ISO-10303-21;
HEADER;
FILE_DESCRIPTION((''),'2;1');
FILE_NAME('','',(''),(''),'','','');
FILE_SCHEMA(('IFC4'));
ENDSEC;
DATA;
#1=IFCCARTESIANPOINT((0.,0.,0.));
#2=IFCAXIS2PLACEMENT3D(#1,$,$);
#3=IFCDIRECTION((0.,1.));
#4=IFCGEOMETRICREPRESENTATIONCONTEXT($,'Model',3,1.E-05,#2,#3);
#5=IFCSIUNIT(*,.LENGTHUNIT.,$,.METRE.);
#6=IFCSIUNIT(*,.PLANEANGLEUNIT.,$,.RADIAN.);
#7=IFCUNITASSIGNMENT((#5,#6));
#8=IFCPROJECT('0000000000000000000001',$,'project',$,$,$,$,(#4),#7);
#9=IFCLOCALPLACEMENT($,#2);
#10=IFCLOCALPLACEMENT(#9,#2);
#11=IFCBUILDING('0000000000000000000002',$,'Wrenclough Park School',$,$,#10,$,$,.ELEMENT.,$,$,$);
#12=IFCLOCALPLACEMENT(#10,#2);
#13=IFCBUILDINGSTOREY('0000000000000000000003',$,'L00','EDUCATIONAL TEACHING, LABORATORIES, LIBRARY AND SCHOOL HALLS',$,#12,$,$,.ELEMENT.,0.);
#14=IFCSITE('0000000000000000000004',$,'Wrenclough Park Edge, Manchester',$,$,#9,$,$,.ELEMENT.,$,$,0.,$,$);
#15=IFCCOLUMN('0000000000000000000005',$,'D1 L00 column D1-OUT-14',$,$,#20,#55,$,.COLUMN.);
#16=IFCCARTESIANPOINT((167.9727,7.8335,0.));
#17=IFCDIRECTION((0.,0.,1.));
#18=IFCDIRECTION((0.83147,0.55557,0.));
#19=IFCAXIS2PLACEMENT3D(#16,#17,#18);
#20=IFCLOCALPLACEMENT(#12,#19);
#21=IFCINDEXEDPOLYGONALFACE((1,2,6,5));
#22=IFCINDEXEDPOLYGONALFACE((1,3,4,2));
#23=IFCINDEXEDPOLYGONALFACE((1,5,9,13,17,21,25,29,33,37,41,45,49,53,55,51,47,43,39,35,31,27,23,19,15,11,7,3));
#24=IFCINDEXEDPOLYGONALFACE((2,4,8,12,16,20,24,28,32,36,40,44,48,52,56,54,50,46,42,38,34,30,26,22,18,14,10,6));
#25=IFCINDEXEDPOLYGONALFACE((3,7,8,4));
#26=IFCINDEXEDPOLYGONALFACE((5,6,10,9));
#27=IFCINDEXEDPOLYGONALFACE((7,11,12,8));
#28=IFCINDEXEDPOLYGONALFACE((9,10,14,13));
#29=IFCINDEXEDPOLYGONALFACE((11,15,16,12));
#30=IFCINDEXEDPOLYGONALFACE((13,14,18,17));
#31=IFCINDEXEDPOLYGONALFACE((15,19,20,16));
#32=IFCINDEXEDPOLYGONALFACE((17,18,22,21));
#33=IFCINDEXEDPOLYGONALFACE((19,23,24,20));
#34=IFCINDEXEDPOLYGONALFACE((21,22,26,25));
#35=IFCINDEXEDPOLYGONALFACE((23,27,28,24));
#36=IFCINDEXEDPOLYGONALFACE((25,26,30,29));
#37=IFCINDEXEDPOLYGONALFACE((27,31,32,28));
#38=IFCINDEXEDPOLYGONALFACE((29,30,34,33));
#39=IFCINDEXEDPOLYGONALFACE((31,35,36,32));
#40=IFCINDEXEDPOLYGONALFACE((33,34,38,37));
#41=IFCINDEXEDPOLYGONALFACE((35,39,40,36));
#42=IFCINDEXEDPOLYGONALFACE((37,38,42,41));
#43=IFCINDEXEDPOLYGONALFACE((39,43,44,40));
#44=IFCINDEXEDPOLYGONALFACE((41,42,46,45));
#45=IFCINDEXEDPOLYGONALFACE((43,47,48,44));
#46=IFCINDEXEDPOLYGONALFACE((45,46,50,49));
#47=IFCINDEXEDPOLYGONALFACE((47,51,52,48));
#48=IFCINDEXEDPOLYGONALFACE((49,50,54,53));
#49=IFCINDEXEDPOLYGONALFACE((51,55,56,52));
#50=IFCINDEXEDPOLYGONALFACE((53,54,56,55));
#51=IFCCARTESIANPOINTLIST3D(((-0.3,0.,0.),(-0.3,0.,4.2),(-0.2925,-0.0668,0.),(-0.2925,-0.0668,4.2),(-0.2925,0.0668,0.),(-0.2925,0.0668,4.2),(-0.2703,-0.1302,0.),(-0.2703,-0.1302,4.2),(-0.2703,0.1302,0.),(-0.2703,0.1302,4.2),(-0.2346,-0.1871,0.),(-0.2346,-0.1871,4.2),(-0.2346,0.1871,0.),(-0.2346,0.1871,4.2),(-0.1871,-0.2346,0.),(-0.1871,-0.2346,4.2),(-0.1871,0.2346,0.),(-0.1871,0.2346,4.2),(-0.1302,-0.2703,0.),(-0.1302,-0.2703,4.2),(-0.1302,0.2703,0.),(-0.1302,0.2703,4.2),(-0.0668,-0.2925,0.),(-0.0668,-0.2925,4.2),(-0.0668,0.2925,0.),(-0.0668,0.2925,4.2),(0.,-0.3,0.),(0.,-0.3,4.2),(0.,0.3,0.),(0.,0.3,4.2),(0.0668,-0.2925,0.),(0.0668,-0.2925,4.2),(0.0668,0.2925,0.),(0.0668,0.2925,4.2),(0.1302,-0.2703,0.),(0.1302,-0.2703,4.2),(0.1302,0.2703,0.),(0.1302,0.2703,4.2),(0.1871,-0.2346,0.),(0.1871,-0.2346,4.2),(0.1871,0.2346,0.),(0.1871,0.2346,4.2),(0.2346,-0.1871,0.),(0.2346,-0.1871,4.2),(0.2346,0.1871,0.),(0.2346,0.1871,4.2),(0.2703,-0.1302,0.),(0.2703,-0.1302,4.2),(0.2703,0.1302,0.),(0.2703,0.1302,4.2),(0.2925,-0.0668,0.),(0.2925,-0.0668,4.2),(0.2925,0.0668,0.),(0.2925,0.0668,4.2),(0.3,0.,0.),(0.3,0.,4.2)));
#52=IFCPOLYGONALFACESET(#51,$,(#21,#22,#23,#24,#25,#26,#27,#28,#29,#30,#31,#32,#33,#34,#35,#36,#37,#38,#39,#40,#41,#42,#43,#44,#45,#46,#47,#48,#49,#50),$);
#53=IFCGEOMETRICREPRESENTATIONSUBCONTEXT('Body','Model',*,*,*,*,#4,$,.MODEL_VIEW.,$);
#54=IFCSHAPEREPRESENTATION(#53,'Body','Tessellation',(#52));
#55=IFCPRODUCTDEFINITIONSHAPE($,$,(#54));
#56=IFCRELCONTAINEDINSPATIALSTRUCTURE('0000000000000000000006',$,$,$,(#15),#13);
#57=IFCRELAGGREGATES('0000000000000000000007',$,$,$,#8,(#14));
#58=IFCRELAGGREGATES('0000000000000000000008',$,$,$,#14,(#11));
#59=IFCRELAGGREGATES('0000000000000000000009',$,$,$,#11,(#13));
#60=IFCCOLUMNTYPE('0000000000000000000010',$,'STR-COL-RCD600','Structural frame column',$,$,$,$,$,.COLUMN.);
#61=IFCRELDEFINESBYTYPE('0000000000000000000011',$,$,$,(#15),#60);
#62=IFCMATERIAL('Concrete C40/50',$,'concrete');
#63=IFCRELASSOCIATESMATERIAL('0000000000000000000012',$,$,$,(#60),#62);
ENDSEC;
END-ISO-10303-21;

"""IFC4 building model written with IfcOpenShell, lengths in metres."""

from ifc_helpers import new_model, si_unit, direction, frame, origin, origin_2d, place, context, subcontext, project, spatial, circle, extrude, material, material_profile, profile_set, type_object, element, save


model = new_model("IFC4")

# Units and contexts
model_context = context("Model", 3, precision=1e-05, world=origin(), true_north=direction((0.0, 1.0)))
body_context = subcontext(model_context, "Body", "Model", "MODEL_VIEW")
ifc_project = project(units=[si_unit("LENGTHUNIT", "METRE"), si_unit("PLANEANGLEUNIT", "RADIAN")], contexts=[model_context])

# Site, building, storey
site_placement = place(None, origin())
site = spatial("IfcSite", under=ifc_project, at=site_placement, Name="Wrenclough Park Edge, Manchester", CompositionType="ELEMENT", RefElevation=0.0)
building_placement = place(site_placement, origin())
building = spatial("IfcBuilding", under=site, at=building_placement, Name="Wrenclough Park School", CompositionType="ELEMENT")
storey_placement = place(building_placement, origin())
storey = spatial("IfcBuildingStorey", under=building, at=storey_placement, Name="L00", Description="EDUCATIONAL TEACHING, LABORATORIES, LIBRARY AND SCHOOL HALLS", CompositionType="ELEMENT", Elevation=0.0)

# Column
ifc_material_1 = material(Name="Concrete C40/50", Category="concrete")
ifc_material_profile_1 = material_profile(ifc_material_1, circle(Radius=0.3, at=origin_2d()), Name="RC COL D600")
ifc_profile_set_1 = profile_set([ifc_material_profile_1], Name="Concrete C40/50")
column_type_1 = type_object("IfcColumnType", Name="STR-COL-RCD600", Description="Structural frame column", PredefinedType="COLUMN", material=ifc_profile_set_1)
column_1_placement = place(storey_placement, frame((167.9727, 7.8335, 0.0), z_axis=(0.0, 0.0, 1.0), x_axis=(0.83147, 0.55557, 0.0)))
element("IfcColumn", 1, at=column_1_placement, inside=storey, type_object=column_type_1, Name="D1 L00 column D1-OUT-14", PredefinedType="COLUMN", context=body_context, shape_type="SweptSolid", body=[
    extrude(circle(Radius=0.3, at=origin_2d()), origin(), (0.0, 0.0, 1.0), 4.2),
])

save(model, "model.ifc")
